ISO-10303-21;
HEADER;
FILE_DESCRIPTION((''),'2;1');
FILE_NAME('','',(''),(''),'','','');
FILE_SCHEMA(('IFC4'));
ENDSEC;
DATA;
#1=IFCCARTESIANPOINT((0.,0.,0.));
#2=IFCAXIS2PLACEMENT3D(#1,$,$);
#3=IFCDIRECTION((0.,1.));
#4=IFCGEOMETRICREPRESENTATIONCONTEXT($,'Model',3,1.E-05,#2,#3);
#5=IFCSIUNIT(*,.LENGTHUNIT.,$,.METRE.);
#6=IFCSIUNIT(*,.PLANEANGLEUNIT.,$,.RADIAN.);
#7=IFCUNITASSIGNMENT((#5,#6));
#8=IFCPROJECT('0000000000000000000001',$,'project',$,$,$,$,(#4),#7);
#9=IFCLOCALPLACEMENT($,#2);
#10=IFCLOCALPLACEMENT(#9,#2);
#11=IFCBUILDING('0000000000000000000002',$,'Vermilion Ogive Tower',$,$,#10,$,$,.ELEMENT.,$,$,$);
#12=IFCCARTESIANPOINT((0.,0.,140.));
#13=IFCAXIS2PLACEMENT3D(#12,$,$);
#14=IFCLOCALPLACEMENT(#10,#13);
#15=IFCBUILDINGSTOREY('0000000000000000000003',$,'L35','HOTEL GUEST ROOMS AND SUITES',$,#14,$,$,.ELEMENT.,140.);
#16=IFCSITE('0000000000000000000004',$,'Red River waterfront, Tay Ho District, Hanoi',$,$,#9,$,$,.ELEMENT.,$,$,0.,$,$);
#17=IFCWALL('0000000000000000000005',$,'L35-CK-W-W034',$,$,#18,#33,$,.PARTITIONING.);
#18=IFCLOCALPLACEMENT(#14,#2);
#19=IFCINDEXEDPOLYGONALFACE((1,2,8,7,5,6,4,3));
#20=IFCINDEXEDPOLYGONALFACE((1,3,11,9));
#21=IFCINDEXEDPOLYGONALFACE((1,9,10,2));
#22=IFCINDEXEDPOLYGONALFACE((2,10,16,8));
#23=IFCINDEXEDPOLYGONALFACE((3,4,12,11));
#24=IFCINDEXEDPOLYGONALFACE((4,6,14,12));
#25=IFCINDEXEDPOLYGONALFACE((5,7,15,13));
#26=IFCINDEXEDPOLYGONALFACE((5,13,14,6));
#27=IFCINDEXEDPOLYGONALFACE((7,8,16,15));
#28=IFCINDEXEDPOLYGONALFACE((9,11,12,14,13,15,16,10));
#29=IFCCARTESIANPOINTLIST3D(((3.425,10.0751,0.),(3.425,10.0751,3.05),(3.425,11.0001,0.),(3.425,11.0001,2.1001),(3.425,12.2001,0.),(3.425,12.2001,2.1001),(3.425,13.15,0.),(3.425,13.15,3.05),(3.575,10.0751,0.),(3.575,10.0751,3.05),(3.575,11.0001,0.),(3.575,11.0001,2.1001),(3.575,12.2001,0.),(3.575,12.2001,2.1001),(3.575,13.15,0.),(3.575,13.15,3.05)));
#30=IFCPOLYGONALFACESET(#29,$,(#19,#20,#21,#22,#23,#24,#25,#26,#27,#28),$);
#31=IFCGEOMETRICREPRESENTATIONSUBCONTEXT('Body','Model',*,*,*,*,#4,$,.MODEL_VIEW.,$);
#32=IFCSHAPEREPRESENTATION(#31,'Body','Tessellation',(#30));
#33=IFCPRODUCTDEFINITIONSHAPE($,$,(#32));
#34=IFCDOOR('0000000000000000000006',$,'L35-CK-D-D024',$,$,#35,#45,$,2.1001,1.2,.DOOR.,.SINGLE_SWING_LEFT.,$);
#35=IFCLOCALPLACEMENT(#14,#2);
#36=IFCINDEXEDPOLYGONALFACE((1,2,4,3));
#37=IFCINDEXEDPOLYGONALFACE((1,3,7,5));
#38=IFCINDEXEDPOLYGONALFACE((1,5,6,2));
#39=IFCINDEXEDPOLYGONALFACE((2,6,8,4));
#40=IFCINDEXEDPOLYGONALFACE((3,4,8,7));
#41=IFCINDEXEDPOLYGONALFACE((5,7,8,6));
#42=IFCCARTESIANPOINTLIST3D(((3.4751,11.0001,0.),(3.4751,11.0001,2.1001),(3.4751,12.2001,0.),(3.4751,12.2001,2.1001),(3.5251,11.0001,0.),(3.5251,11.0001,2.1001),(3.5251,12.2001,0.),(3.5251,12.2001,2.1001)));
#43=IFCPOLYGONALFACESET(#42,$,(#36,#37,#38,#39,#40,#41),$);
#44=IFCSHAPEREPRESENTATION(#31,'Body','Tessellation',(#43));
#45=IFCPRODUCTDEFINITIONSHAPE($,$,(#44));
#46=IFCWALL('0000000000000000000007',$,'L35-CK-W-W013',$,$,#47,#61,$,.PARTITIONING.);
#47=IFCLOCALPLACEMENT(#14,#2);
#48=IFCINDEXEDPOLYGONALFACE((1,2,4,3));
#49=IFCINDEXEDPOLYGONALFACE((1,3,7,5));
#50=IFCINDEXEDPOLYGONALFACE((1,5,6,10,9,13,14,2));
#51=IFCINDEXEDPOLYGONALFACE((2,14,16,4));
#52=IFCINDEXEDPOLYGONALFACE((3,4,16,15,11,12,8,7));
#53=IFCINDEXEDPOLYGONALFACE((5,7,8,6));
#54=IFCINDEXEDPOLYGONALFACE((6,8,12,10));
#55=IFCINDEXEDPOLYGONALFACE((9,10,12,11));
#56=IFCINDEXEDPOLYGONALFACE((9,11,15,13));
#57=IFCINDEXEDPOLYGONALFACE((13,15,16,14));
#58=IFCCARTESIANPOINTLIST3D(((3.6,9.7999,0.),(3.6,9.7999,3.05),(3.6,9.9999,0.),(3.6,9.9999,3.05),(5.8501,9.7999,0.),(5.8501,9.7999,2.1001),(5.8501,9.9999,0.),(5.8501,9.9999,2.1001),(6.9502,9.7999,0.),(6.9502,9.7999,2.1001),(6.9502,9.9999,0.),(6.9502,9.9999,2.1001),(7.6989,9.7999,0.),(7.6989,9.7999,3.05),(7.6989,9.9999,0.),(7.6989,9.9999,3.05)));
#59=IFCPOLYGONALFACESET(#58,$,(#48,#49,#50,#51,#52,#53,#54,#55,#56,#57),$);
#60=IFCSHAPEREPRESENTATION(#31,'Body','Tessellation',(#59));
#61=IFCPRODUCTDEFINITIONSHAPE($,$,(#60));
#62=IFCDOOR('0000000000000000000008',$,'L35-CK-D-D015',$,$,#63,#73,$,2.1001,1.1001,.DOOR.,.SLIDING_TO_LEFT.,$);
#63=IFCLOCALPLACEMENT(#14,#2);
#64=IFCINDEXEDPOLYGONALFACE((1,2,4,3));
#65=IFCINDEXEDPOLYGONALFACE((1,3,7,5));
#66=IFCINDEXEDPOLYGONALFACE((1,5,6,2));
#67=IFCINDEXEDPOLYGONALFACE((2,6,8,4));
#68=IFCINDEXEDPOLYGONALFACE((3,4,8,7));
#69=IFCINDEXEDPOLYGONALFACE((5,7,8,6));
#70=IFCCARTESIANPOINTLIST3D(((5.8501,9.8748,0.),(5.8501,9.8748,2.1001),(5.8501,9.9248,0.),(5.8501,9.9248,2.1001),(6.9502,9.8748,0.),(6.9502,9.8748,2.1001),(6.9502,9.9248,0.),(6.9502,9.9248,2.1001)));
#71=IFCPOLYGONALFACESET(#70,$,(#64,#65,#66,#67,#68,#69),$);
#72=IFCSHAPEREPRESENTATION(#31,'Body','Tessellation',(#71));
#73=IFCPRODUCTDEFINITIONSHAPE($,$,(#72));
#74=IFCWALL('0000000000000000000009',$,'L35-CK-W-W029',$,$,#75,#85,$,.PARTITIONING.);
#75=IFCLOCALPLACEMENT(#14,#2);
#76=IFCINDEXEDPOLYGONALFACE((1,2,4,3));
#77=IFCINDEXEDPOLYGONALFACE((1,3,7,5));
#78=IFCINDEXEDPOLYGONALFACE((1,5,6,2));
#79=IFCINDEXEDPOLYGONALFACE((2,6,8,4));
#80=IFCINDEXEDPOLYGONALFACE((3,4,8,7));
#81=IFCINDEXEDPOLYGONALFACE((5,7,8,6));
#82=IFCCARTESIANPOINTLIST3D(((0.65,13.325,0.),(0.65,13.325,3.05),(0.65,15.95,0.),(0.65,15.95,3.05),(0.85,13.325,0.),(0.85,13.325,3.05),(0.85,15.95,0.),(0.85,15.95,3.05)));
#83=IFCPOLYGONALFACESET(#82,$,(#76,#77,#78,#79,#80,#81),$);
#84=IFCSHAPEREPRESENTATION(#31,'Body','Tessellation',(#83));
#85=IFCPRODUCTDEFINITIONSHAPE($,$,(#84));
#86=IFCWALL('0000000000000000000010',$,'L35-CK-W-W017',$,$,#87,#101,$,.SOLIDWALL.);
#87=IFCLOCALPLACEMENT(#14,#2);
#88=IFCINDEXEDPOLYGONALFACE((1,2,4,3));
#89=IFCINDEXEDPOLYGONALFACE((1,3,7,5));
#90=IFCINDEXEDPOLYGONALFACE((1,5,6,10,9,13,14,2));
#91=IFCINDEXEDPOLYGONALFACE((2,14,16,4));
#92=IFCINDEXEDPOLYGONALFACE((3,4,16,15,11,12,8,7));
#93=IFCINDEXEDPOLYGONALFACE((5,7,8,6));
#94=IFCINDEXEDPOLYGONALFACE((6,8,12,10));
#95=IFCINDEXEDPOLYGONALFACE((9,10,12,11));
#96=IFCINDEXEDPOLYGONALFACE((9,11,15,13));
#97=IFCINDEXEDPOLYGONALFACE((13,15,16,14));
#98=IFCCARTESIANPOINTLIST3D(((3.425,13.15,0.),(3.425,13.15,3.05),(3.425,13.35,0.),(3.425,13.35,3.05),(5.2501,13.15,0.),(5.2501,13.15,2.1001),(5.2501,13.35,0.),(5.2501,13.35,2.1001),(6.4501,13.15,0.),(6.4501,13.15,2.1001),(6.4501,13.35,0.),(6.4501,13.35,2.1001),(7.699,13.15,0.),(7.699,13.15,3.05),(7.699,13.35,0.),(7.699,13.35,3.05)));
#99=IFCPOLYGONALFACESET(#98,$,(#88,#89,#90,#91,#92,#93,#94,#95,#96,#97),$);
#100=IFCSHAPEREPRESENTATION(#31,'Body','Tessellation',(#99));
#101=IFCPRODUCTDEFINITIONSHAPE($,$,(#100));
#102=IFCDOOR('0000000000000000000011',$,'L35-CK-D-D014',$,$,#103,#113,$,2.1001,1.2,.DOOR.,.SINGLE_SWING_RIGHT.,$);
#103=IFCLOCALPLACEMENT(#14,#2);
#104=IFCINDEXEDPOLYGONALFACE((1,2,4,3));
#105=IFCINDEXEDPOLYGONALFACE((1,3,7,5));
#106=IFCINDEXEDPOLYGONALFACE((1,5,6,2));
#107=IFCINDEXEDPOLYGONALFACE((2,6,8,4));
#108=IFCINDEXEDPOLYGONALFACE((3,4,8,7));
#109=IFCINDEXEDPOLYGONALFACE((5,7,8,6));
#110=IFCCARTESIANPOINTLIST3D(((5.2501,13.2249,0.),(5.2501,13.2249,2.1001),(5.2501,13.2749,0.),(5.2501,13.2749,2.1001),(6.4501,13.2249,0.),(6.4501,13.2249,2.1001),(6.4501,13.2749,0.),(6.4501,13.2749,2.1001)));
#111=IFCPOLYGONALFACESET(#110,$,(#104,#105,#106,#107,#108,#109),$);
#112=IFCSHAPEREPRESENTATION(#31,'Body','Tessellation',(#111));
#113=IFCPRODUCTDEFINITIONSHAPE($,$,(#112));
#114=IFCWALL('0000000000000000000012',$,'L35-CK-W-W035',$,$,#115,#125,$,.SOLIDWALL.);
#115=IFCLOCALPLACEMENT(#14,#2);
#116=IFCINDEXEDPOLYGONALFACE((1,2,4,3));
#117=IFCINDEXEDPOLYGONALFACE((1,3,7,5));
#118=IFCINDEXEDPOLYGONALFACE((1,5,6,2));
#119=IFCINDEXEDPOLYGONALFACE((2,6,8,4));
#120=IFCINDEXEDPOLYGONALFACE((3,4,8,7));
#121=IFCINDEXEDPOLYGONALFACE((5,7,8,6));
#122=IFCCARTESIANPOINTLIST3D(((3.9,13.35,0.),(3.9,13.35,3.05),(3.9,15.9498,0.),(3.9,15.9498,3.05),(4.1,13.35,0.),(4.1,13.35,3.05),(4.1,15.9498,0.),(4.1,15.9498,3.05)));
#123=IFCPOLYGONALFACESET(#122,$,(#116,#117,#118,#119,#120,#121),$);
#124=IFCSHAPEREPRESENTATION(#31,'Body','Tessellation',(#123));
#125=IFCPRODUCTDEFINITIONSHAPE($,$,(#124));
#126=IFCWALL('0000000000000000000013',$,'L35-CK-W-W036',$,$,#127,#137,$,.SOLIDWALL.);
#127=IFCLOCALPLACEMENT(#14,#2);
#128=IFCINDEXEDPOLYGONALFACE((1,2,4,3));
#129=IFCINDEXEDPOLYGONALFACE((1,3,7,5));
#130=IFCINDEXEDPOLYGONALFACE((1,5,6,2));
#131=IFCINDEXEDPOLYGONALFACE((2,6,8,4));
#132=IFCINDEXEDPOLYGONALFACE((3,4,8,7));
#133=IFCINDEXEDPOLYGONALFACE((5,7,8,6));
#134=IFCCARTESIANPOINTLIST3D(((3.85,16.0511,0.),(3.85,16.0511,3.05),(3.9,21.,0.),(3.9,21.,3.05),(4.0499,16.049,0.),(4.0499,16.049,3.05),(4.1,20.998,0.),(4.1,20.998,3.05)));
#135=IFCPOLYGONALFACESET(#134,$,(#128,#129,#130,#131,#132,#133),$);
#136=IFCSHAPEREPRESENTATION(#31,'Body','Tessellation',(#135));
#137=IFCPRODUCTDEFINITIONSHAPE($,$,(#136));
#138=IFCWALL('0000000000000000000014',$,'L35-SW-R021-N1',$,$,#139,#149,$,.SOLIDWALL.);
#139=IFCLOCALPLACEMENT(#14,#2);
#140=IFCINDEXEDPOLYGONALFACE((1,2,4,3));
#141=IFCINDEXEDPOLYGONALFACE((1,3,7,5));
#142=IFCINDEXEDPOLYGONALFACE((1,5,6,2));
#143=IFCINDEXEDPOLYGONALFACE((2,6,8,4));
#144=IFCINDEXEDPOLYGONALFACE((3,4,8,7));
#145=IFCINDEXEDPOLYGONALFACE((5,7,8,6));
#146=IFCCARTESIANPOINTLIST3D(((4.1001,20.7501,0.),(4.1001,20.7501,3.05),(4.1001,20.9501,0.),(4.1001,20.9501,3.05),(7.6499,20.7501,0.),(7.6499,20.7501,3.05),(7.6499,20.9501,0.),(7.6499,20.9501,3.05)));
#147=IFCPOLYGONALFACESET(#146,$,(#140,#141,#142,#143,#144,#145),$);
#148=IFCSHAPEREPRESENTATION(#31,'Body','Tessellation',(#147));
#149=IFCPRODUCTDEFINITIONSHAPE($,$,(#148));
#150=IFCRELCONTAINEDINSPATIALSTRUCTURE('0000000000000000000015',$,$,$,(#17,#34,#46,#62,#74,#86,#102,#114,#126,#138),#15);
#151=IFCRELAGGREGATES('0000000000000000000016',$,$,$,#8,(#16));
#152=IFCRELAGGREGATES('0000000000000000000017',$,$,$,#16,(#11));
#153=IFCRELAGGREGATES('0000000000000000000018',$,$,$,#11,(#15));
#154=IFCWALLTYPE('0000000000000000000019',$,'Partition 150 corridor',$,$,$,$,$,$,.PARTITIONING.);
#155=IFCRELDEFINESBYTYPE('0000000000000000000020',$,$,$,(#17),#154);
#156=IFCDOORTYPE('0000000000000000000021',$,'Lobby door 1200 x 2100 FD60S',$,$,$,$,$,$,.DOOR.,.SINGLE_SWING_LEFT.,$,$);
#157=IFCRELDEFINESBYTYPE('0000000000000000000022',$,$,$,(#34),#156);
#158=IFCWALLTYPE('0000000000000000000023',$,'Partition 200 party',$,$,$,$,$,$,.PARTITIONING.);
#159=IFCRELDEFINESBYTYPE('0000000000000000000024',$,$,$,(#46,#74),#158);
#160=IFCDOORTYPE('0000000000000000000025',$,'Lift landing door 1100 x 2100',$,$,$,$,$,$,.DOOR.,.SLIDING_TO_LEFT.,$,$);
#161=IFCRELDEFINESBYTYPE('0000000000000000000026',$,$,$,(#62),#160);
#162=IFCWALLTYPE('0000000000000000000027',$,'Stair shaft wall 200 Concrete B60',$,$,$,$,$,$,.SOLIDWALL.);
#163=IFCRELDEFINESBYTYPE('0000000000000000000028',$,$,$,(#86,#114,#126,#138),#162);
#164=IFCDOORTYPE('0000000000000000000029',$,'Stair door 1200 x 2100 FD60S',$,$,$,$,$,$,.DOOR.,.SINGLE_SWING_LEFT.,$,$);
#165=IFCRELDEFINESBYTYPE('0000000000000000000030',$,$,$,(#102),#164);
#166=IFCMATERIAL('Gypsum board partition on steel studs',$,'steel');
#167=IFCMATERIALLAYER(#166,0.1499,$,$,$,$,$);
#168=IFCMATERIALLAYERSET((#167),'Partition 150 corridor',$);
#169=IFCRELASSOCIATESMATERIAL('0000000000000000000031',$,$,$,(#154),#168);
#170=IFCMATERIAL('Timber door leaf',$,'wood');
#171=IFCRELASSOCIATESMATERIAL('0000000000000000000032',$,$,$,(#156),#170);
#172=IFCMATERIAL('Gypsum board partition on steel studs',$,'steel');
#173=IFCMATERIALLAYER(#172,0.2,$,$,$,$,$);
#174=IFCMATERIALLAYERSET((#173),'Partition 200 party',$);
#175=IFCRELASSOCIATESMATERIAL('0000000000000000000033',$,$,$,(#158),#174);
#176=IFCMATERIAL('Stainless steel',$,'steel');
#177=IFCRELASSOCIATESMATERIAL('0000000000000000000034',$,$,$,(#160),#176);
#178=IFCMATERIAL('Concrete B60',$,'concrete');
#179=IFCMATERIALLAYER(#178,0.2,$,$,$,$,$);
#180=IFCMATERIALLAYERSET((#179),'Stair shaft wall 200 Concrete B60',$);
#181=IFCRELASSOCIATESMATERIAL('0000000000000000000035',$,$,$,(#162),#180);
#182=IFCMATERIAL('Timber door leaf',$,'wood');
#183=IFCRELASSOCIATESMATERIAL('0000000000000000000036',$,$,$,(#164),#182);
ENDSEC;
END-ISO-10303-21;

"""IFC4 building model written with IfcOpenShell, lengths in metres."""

from ifc_helpers import new_model, si_unit, direction, frame, frame_2d, origin, place, context, subcontext, project, spatial, rectangle, extrude, material, layer, layer_set, type_object, element, fill, save


model = new_model("IFC4")

# Units and contexts
model_context = context("Model", 3, precision=1e-05, world=origin(), true_north=direction((0.0, 1.0)))
body_context = subcontext(model_context, "Body", "Model", "MODEL_VIEW")
ifc_project = project(units=[si_unit("LENGTHUNIT", "METRE"), si_unit("PLANEANGLEUNIT", "RADIAN")], contexts=[model_context])

# Site, building, storey
site_placement = place(None, origin())
site = spatial("IfcSite", under=ifc_project, at=site_placement, Name="Red River waterfront, Tay Ho District, Hanoi", CompositionType="ELEMENT", RefElevation=0.0)
building_placement = place(site_placement, origin())
building = spatial("IfcBuilding", under=site, at=building_placement, Name="Vermilion Ogive Tower", CompositionType="ELEMENT")
storey_placement = place(building_placement, frame((0.0, 0.0, 140.0)))
storey = spatial("IfcBuildingStorey", under=building, at=storey_placement, Name="L35", Description="HOTEL GUEST ROOMS AND SUITES", CompositionType="ELEMENT", Elevation=140.0)

# Walls, openings, doors
ifc_material_1 = material(Name="Gypsum board partition on steel studs", Category="steel")
ifc_layer_1 = layer(ifc_material_1, 0.1499)
ifc_layer_set_1 = layer_set([ifc_layer_1], Name="Partition 150 corridor")
wall_type_1 = type_object("IfcWallType", Name="Partition 150 corridor", PredefinedType="PARTITIONING", material=ifc_layer_set_1)
wall_1_placement = place(storey_placement, frame((3.5, 10.075, 0.0), z_axis=(0.0, 0.0, 1.0), x_axis=(0.0, 1.0, 0.0)))
wall_1 = element("IfcWall", 1, at=wall_1_placement, inside=storey, type_object=wall_type_1, Name="L35-CK-W-W034", PredefinedType="PARTITIONING", context=body_context, shape_type="SweptSolid", body=[
    extrude(rectangle(XDim=3.075, YDim=0.1499, at=frame_2d((1.5376, 0.0))), origin(), (0.0, 0.0, 1.0), 3.05),
])
opening_1_placement = place(wall_1_placement, frame((0.925, 0.0, 0.0)))
opening_1 = element("IfcOpeningElement", 2, at=opening_1_placement, cuts=wall_1, PredefinedType="OPENING", context=body_context, shape_type="SweptSolid", body=[
    extrude(rectangle(XDim=1.2, YDim=2.1001, at=frame_2d((0.6001, 1.05))), frame((0.0, 0.085, 0.0), z_axis=(0.0, -1.0, 0.0), x_axis=(1.0, 0.0, 0.0)), (0.0, 0.0, 1.0), 0.1699),
])
ifc_material_2 = material(Name="Timber door leaf", Category="wood")
door_type_1 = type_object("IfcDoorType", Name="Lobby door 1200 x 2100 FD60S", OperationType="SINGLE_SWING_LEFT", PredefinedType="DOOR", material=ifc_material_2)
door_1_placement = place(opening_1_placement, origin())
door_1 = element("IfcDoor", 3, at=door_1_placement, inside=storey, type_object=door_type_1, Name="L35-CK-D-D024", OperationType="SINGLE_SWING_LEFT", OverallHeight=2.1001, OverallWidth=1.2, PredefinedType="DOOR", context=body_context, shape_type="SweptSolid", body=[
    extrude(rectangle(XDim=1.2, YDim=2.1001, at=frame_2d((0.6001, 1.05))), frame((0.0, 0.0249, 0.0), z_axis=(0.0, -1.0, 0.0), x_axis=(1.0, 0.0, 0.0)), (0.0, 0.0, 1.0), 0.05),
])
fill(opening_1, door_1)
ifc_material_3 = material(Name="Gypsum board partition on steel studs", Category="steel")
ifc_layer_2 = layer(ifc_material_3, 0.2)
ifc_layer_set_2 = layer_set([ifc_layer_2], Name="Partition 200 party")
wall_type_2 = type_object("IfcWallType", Name="Partition 200 party", PredefinedType="PARTITIONING", material=ifc_layer_set_2)
wall_2_placement = place(storey_placement, frame((3.6001, 9.8999, 0.0), z_axis=(0.0, 0.0, 1.0), x_axis=(1.0, 0.0, 0.0)))
wall_2 = element("IfcWall", 4, at=wall_2_placement, inside=storey, type_object=wall_type_2, Name="L35-CK-W-W013", PredefinedType="PARTITIONING", context=body_context, shape_type="SweptSolid", body=[
    extrude(rectangle(XDim=4.0989, YDim=0.2, at=frame_2d((2.0493, 0.0))), origin(), (0.0, 0.0, 1.0), 3.05),
])
opening_2_placement = place(wall_2_placement, frame((2.25, 0.0, 0.0)))
opening_2 = element("IfcOpeningElement", 5, at=opening_2_placement, cuts=wall_2, PredefinedType="OPENING", context=body_context, shape_type="SweptSolid", body=[
    extrude(rectangle(XDim=1.1001, YDim=2.1001, at=frame_2d((0.55, 1.05))), frame((0.0, 0.1099, 0.0), z_axis=(0.0, -1.0, 0.0), x_axis=(1.0, 0.0, 0.0)), (0.0, 0.0, 1.0), 0.22),
])
ifc_material_4 = material(Name="Stainless steel", Category="steel")
door_type_2 = type_object("IfcDoorType", Name="Lift landing door 1100 x 2100", OperationType="SLIDING_TO_LEFT", PredefinedType="DOOR", material=ifc_material_4)
door_2_placement = place(opening_2_placement, origin())
door_2 = element("IfcDoor", 6, at=door_2_placement, inside=storey, type_object=door_type_2, Name="L35-CK-D-D015", OperationType="SLIDING_TO_LEFT", OverallHeight=2.1001, OverallWidth=1.1001, PredefinedType="DOOR", context=body_context, shape_type="SweptSolid", body=[
    extrude(rectangle(XDim=1.1001, YDim=2.1001, at=frame_2d((0.55, 1.05))), frame((0.0, 0.0249, 0.0), z_axis=(0.0, -1.0, 0.0), x_axis=(1.0, 0.0, 0.0)), (0.0, 0.0, 1.0), 0.05),
])
fill(opening_2, door_2)

# Wall
wall_3_placement = place(storey_placement, frame((0.75, 13.325, 0.0), z_axis=(0.0, 0.0, 1.0), x_axis=(0.0, 1.0, 0.0)))
element("IfcWall", 7, at=wall_3_placement, inside=storey, type_object=wall_type_2, Name="L35-CK-W-W029", PredefinedType="PARTITIONING", context=body_context, shape_type="SweptSolid", body=[
    extrude(rectangle(XDim=2.625, YDim=0.2, at=frame_2d((1.3125, 0.0))), origin(), (0.0, 0.0, 1.0), 3.05),
])

# Wall, opening, door
ifc_material_5 = material(Name="Concrete B60", Category="concrete")
ifc_layer_3 = layer(ifc_material_5, 0.2)
ifc_layer_set_3 = layer_set([ifc_layer_3], Name="Stair shaft wall 200 Concrete B60")
wall_type_3 = type_object("IfcWallType", Name="Stair shaft wall 200 Concrete B60", PredefinedType="SOLIDWALL", material=ifc_layer_set_3)
wall_4_placement = place(storey_placement, frame((3.425, 13.25, 0.0), z_axis=(0.0, 0.0, 1.0), x_axis=(1.0, 0.0, 0.0)))
wall_4 = element("IfcWall", 8, at=wall_4_placement, inside=storey, type_object=wall_type_3, Name="L35-CK-W-W017", PredefinedType="SOLIDWALL", context=body_context, shape_type="SweptSolid", body=[
    extrude(rectangle(XDim=4.2739, YDim=0.2, at=frame_2d((2.137, 0.0))), origin(), (0.0, 0.0, 1.0), 3.05),
])
opening_3_placement = place(wall_4_placement, frame((1.825, 0.0, 0.0)))
opening_3 = element("IfcOpeningElement", 9, at=opening_3_placement, cuts=wall_4, PredefinedType="OPENING", context=body_context, shape_type="SweptSolid", body=[
    extrude(rectangle(XDim=1.2, YDim=2.1001, at=frame_2d((0.6001, 1.05))), frame((0.0, 0.1099, 0.0), z_axis=(0.0, -1.0, 0.0), x_axis=(1.0, 0.0, 0.0)), (0.0, 0.0, 1.0), 0.22),
])
ifc_material_6 = material(Name="Timber door leaf", Category="wood")
door_type_3 = type_object("IfcDoorType", Name="Stair door 1200 x 2100 FD60S", OperationType="SINGLE_SWING_LEFT", PredefinedType="DOOR", material=ifc_material_6)
door_3_placement = place(opening_3_placement, origin())
door_3 = element("IfcDoor", 10, at=door_3_placement, inside=storey, type_object=door_type_3, Name="L35-CK-D-D014", OperationType="SINGLE_SWING_RIGHT", OverallHeight=2.1001, OverallWidth=1.2, PredefinedType="DOOR", context=body_context, shape_type="SweptSolid", body=[
    extrude(rectangle(XDim=1.2, YDim=2.1001, at=frame_2d((0.6001, 1.05))), frame((0.0, 0.0249, 0.0), z_axis=(0.0, -1.0, 0.0), x_axis=(1.0, 0.0, 0.0)), (0.0, 0.0, 1.0), 0.05),
])
fill(opening_3, door_3)

# Walls
wall_5_placement = place(storey_placement, frame((4.0, 13.3501, 0.0), z_axis=(0.0, 0.0, 1.0), x_axis=(0.0, 1.0, 0.0)))
element("IfcWall", 11, at=wall_5_placement, inside=storey, type_object=wall_type_3, Name="L35-CK-W-W035", PredefinedType="SOLIDWALL", context=body_context, shape_type="SweptSolid", body=[
    extrude(rectangle(XDim=2.5999, YDim=0.2, at=frame_2d((1.2998, 0.0))), origin(), (0.0, 0.0, 1.0), 3.05),
])
wall_6_placement = place(storey_placement, frame((3.95, 16.05, 0.0), z_axis=(0.0, 0.0, 1.0), x_axis=(0.010112, 0.999949, 0.0)))
element("IfcWall", 12, at=wall_6_placement, inside=storey, type_object=wall_type_3, Name="L35-CK-W-W036", PredefinedType="SOLIDWALL", context=body_context, shape_type="SweptSolid", body=[
    extrude(rectangle(XDim=4.9492, YDim=0.2, at=frame_2d((2.4746, 0.0))), origin(), (0.0, 0.0, 1.0), 3.05),
])
wall_7_placement = place(storey_placement, frame((4.1001, 20.8501, 0.0), z_axis=(0.0, 0.0, 1.0), x_axis=(1.0, 0.0, 0.0)))
element("IfcWall", 13, at=wall_7_placement, inside=storey, type_object=wall_type_3, Name="L35-SW-R021-N1", PredefinedType="SOLIDWALL", context=body_context, shape_type="SweptSolid", body=[
    extrude(rectangle(XDim=3.5498, YDim=0.2, at=frame_2d((1.7749, 0.0))), origin(), (0.0, 0.0, 1.0), 3.05),
])

save(model, "model.ifc")
